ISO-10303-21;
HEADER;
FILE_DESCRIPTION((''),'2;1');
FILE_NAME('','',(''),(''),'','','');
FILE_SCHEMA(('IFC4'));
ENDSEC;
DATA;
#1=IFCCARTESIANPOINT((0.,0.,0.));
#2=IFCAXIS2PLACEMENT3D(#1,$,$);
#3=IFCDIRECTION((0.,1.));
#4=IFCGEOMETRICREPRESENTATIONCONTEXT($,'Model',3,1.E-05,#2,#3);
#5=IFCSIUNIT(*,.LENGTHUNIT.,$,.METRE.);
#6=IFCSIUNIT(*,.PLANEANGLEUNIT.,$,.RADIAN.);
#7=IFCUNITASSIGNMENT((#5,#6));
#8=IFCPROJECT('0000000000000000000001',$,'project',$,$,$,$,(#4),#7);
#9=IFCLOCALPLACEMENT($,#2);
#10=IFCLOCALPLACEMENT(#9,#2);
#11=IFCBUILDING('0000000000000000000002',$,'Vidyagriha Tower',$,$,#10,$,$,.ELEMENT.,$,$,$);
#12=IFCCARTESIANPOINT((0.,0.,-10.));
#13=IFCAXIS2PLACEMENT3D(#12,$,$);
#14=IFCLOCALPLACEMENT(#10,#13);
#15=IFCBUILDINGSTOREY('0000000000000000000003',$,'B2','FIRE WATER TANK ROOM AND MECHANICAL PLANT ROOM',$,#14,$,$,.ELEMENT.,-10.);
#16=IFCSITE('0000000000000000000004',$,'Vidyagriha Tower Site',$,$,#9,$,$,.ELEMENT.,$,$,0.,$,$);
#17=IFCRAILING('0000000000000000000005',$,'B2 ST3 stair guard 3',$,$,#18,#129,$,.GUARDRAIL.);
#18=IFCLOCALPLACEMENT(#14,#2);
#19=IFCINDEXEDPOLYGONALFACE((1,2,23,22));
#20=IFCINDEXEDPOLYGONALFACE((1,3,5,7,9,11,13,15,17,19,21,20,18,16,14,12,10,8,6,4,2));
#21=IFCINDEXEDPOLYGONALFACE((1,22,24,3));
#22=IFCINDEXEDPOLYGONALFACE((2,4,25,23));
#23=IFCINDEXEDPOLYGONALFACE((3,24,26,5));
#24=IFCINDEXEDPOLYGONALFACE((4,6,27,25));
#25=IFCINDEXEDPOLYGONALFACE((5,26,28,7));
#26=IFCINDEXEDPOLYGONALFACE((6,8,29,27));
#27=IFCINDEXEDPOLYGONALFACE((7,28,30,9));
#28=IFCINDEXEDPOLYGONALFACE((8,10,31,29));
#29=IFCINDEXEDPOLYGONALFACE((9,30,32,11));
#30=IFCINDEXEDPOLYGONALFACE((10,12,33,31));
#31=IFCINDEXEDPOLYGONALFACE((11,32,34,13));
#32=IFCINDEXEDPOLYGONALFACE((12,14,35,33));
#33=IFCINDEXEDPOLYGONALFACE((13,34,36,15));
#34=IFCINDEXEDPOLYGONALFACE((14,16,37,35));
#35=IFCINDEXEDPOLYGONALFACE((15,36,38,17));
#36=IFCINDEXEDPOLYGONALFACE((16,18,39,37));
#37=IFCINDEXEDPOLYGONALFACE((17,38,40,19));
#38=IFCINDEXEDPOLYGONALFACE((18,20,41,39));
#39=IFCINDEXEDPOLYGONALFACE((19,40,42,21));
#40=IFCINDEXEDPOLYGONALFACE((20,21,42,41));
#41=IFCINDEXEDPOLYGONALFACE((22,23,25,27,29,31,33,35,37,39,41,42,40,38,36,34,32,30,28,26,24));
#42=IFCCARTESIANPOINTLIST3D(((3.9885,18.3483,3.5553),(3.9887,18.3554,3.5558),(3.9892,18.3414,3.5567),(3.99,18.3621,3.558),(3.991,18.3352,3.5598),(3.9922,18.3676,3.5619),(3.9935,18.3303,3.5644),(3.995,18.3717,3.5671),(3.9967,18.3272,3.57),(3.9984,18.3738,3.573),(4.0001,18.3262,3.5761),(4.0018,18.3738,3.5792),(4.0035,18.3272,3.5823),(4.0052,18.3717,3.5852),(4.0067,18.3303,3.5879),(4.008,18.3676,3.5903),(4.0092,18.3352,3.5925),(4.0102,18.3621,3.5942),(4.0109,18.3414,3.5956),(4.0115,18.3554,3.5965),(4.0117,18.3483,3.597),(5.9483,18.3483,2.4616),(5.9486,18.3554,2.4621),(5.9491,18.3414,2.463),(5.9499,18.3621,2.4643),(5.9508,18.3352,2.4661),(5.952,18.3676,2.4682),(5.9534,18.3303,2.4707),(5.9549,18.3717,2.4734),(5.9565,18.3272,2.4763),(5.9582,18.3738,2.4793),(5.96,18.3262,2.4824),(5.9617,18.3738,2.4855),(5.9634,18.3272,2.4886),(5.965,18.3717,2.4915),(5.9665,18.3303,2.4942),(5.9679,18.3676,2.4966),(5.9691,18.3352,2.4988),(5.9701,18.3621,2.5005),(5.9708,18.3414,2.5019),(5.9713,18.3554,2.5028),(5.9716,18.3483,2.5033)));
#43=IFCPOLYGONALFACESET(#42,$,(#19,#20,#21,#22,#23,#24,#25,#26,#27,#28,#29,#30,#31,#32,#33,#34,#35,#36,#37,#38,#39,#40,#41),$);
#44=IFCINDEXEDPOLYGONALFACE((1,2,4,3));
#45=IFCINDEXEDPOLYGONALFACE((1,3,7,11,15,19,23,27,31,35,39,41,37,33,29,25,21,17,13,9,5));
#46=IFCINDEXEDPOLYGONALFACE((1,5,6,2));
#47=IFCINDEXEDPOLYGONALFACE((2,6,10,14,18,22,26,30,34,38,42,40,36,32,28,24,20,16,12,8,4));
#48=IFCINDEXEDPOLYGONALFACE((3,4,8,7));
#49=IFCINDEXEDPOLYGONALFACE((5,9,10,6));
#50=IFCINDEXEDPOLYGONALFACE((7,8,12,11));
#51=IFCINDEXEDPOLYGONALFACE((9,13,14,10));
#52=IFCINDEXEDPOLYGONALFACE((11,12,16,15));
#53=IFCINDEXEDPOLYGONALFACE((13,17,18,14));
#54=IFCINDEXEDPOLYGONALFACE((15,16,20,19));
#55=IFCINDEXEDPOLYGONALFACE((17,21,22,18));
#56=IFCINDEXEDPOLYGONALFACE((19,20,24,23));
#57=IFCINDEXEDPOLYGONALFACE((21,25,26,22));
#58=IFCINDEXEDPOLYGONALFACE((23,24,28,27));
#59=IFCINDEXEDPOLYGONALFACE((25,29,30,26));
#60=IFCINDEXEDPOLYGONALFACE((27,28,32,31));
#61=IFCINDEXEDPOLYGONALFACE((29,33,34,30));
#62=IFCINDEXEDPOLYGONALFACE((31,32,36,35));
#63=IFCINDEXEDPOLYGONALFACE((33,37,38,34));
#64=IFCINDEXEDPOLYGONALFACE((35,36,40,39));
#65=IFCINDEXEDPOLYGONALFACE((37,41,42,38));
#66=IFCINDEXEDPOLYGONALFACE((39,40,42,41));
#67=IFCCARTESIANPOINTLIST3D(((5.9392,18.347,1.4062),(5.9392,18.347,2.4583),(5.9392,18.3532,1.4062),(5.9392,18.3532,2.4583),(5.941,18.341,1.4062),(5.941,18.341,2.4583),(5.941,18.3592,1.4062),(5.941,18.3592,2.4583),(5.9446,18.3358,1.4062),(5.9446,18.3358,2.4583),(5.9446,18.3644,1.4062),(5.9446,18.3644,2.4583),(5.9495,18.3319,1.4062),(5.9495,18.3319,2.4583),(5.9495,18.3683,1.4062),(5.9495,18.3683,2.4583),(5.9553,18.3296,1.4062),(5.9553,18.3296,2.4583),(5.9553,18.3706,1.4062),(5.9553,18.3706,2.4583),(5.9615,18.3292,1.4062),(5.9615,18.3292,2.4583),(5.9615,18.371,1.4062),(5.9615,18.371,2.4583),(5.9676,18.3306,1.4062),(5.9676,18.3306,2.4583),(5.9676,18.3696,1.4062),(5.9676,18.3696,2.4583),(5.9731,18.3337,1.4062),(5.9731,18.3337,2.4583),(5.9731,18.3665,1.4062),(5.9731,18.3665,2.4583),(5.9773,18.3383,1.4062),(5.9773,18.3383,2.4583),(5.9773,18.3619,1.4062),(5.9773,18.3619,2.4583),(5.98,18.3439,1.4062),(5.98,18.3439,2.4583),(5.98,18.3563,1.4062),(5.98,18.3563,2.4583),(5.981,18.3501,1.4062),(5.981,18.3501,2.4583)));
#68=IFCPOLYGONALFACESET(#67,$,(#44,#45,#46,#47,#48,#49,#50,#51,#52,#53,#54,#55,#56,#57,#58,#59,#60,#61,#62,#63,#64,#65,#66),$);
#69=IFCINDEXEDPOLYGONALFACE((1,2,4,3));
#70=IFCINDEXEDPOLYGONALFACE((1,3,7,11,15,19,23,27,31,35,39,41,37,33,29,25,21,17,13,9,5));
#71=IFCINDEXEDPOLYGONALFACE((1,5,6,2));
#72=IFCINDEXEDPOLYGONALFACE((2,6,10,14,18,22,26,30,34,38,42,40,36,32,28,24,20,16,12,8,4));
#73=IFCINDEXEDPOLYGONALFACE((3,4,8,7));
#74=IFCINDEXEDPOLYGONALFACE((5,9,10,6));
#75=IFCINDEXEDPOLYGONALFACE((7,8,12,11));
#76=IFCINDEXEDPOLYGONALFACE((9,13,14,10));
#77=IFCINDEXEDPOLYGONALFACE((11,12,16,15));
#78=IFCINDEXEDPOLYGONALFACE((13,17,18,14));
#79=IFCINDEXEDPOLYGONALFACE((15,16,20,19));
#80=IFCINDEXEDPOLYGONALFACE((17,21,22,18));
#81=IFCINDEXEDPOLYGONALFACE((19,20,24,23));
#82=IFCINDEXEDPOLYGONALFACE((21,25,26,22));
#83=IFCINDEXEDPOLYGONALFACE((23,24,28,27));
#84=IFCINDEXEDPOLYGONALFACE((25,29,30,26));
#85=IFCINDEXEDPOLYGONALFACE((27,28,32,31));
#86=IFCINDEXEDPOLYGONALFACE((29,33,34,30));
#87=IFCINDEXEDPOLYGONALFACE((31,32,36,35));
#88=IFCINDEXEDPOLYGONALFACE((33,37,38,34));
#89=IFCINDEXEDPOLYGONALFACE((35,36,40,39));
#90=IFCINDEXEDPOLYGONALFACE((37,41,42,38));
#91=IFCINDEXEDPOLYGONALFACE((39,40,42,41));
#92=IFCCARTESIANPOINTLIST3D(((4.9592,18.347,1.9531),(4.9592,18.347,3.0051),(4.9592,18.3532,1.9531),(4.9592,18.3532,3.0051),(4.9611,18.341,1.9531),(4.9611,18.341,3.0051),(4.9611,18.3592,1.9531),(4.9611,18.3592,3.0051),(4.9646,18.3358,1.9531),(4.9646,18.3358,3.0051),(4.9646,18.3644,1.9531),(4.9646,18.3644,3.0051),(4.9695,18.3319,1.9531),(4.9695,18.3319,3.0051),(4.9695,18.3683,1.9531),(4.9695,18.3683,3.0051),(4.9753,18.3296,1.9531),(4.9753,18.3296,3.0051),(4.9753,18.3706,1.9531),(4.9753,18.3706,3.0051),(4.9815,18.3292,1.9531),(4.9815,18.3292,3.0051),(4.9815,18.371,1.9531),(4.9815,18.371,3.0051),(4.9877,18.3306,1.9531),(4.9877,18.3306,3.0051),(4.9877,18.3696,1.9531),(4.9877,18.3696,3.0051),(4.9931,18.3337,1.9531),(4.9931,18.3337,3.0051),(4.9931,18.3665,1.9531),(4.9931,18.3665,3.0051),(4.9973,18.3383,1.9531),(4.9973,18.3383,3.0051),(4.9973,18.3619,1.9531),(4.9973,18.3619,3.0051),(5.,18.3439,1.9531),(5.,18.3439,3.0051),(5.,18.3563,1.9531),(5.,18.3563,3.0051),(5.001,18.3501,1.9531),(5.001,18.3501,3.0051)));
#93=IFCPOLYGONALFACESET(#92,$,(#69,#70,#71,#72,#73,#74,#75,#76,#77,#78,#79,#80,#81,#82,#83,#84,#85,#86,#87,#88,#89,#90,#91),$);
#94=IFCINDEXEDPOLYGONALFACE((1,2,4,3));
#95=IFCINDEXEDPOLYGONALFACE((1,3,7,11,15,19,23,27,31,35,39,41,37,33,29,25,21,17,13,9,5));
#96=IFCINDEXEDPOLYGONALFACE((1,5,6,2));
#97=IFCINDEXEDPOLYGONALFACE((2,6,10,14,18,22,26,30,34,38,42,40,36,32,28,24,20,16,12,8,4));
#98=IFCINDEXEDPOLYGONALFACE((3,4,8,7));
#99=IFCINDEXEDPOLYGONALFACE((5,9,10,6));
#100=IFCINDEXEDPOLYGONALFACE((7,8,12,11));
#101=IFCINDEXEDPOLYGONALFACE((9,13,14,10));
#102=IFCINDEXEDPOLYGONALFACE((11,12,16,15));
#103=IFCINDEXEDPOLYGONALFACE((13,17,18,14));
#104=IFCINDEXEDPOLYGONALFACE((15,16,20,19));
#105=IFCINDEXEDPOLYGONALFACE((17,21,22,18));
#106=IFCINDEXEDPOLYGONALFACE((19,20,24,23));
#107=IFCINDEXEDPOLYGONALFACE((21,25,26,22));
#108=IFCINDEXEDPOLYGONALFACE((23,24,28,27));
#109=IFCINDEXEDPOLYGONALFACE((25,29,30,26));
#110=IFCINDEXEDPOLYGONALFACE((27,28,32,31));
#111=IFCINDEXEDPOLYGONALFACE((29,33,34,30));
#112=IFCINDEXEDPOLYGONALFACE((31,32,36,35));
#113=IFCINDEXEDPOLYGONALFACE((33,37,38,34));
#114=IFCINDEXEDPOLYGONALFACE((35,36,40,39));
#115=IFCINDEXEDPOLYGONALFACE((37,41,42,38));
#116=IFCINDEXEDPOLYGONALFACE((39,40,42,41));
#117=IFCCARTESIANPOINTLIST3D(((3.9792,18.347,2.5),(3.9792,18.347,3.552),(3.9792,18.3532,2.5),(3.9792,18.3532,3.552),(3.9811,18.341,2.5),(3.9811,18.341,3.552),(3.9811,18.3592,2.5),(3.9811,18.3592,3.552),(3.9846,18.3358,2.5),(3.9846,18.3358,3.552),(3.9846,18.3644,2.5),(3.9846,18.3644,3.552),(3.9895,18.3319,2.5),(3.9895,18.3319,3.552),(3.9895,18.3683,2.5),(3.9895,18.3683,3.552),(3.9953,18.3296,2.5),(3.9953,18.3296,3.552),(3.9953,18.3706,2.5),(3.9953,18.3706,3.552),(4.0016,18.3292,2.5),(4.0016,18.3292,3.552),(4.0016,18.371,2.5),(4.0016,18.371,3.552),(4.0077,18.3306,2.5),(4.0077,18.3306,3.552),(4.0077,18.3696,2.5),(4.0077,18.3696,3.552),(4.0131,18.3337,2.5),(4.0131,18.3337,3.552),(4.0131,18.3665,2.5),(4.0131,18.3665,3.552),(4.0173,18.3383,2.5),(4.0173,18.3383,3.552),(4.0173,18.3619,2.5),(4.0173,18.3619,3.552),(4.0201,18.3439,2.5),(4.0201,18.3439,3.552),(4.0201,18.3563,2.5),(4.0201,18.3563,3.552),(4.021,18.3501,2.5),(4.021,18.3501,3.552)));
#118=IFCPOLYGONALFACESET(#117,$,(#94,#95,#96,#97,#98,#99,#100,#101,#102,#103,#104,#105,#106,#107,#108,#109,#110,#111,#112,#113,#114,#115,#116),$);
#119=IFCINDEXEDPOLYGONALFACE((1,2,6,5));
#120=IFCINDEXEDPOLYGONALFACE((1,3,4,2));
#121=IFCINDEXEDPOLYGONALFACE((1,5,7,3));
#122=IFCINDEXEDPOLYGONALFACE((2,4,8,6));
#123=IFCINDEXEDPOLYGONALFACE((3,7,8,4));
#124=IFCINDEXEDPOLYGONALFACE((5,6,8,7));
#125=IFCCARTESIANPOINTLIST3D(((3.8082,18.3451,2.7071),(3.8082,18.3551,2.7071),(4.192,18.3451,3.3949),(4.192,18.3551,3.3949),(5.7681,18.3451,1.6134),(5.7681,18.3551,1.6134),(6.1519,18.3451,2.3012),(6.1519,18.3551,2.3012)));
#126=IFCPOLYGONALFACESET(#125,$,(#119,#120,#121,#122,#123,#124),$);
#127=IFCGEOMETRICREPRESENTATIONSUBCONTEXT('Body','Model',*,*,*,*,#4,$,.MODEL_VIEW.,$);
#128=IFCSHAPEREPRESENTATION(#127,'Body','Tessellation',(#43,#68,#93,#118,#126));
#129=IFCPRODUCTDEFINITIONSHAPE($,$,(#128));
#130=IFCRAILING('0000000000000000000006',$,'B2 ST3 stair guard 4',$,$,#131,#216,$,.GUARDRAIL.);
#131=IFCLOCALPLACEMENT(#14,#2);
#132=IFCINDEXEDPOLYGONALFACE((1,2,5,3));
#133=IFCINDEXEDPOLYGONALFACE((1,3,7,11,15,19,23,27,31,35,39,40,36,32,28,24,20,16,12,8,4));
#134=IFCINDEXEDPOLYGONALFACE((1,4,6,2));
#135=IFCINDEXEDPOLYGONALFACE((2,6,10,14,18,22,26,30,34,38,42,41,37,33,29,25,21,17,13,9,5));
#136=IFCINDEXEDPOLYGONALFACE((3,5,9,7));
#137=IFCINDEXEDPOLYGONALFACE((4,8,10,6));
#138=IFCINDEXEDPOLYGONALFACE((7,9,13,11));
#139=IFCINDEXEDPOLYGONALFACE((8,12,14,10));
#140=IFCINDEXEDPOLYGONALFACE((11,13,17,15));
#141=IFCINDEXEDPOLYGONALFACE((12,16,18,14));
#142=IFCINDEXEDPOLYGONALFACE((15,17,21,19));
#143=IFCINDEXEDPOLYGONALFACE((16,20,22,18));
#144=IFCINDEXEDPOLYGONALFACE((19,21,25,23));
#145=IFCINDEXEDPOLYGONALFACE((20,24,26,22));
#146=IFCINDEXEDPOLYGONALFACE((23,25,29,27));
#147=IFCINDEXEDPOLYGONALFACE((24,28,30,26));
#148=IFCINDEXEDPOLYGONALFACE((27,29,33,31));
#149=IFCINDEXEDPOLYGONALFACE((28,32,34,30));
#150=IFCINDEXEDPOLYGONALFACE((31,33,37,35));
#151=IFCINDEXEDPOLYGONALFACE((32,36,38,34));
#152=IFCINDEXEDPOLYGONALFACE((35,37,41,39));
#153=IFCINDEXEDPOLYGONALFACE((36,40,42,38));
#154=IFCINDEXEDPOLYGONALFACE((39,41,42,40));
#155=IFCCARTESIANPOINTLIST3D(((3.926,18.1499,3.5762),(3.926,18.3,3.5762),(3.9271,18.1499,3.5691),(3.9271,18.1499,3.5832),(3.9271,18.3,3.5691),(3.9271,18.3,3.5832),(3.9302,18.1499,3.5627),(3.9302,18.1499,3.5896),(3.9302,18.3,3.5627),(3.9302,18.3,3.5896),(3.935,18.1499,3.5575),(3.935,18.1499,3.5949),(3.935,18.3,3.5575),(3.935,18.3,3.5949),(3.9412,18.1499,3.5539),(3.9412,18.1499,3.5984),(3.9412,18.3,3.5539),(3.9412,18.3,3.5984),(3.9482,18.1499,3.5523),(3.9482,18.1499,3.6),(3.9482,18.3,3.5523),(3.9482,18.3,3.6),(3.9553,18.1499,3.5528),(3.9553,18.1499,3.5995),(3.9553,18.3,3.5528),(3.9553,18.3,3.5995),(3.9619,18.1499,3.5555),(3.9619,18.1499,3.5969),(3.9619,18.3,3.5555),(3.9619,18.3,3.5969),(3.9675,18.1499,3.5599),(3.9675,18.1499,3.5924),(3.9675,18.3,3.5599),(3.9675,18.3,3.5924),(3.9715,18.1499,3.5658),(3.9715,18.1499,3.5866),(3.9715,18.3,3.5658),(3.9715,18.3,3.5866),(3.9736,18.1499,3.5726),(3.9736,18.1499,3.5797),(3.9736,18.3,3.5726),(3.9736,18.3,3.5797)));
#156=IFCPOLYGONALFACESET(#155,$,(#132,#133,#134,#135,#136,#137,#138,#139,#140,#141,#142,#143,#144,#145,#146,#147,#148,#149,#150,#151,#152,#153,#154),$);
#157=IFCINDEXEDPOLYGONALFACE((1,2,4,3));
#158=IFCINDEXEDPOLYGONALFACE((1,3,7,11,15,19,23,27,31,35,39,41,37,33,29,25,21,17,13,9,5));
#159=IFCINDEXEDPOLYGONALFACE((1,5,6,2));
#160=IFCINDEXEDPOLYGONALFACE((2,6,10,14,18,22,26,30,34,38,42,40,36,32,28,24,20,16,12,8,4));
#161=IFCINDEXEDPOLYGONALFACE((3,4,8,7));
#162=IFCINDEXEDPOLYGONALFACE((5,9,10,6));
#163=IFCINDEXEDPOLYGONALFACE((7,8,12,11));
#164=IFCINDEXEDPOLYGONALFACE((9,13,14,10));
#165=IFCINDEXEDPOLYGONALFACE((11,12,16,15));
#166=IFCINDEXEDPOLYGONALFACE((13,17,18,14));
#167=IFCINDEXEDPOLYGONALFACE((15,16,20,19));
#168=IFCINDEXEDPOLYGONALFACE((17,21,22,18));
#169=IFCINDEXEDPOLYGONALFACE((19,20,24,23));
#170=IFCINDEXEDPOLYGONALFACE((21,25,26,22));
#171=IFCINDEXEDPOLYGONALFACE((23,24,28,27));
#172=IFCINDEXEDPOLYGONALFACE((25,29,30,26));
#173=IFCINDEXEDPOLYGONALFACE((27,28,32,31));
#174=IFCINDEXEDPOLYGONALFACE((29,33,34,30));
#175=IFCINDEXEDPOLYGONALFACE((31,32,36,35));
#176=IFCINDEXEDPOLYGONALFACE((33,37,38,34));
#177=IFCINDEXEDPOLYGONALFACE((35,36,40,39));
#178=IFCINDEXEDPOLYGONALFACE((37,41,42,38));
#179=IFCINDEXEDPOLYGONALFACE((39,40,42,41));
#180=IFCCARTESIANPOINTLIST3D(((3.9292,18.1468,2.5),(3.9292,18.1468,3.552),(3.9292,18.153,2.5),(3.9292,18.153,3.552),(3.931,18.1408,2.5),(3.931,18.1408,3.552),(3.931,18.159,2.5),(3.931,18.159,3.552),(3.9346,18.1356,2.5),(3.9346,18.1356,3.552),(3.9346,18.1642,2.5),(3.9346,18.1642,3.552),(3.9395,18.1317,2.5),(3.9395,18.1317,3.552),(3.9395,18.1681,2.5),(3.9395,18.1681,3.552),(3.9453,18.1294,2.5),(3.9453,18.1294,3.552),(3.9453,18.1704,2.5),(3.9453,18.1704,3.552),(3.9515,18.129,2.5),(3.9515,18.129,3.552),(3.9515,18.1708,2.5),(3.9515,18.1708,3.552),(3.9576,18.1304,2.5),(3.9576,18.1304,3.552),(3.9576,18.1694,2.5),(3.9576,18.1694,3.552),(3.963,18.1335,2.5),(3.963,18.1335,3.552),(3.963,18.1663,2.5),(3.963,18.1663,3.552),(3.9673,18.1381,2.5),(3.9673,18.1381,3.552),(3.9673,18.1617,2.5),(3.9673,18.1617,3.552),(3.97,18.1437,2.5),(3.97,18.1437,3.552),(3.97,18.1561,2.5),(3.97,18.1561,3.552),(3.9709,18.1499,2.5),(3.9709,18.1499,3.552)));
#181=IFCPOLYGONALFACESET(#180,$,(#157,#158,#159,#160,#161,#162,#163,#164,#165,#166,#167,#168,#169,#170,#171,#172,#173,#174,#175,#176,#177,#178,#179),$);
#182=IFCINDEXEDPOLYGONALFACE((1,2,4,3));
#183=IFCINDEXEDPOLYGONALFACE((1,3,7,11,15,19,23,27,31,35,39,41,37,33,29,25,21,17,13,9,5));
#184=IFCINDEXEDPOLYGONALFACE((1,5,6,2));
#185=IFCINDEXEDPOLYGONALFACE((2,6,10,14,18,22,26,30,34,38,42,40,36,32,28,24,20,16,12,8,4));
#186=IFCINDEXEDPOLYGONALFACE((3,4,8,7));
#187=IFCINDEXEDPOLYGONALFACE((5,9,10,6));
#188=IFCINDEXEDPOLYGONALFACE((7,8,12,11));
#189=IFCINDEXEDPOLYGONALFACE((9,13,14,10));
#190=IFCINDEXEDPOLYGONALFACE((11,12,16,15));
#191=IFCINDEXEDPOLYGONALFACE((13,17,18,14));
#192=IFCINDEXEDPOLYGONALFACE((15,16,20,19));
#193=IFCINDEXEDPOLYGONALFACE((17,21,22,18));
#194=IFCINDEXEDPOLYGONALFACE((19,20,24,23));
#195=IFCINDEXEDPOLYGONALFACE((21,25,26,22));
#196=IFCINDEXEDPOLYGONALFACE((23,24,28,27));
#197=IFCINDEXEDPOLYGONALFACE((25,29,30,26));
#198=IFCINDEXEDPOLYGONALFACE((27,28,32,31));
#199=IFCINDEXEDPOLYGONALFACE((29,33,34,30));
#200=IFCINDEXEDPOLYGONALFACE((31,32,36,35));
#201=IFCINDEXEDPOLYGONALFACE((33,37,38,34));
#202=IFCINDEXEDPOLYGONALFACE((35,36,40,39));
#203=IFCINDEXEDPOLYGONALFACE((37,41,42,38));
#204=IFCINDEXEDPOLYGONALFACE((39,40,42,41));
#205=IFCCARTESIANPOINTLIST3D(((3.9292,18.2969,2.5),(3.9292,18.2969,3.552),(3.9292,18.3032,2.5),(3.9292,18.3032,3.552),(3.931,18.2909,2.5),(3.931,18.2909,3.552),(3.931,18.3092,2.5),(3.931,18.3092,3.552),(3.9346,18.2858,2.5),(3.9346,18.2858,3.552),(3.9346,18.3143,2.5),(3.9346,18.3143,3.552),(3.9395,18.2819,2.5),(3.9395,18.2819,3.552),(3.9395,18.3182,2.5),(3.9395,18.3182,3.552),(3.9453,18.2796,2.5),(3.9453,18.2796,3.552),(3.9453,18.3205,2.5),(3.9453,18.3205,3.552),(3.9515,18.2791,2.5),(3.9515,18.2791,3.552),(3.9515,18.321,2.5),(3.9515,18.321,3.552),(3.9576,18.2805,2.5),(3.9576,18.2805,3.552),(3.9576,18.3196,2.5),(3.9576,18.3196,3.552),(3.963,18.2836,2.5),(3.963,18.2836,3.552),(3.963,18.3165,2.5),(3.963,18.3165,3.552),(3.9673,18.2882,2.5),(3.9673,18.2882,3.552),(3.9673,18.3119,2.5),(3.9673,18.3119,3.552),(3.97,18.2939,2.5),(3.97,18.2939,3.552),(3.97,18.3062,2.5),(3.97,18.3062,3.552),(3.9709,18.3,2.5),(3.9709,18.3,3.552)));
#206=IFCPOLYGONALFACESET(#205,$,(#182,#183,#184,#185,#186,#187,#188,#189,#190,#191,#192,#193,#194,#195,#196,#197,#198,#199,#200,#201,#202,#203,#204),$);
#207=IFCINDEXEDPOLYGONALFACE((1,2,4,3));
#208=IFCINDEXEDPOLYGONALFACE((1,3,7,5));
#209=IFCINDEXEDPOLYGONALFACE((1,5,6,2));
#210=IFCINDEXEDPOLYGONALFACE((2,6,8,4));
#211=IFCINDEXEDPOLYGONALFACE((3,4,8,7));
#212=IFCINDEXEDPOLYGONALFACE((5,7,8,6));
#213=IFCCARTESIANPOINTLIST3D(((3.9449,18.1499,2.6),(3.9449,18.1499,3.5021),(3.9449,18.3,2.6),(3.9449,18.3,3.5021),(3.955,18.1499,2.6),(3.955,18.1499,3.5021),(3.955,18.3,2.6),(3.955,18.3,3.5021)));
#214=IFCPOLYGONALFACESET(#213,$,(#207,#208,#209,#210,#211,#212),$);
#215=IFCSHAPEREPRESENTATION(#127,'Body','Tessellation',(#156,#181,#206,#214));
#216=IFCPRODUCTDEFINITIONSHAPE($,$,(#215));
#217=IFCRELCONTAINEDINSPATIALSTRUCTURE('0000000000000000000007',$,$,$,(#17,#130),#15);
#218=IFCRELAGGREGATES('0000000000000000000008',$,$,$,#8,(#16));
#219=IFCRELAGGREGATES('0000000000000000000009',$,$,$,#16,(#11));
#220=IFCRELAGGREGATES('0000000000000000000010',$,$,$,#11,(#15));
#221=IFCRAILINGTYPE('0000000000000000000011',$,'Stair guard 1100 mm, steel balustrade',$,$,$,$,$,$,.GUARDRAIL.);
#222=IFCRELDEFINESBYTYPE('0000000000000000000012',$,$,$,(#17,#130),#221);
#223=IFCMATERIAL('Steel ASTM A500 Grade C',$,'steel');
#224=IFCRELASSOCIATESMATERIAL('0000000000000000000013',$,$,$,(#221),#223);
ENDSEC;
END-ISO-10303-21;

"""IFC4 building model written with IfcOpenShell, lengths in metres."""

from ifc_helpers import new_model, si_unit, direction, frame, origin, origin_2d, place, context, subcontext, project, spatial, rectangle, circle, extrude, material, type_object, element, save


model = new_model("IFC4")

# Units and contexts
model_context = context("Model", 3, precision=1e-05, world=origin(), true_north=direction((0.0, 1.0)))
body_context = subcontext(model_context, "Body", "Model", "MODEL_VIEW")
ifc_project = project(units=[si_unit("LENGTHUNIT", "METRE"), si_unit("PLANEANGLEUNIT", "RADIAN")], contexts=[model_context])

# Site, building, storey
site_placement = place(None, origin())
site = spatial("IfcSite", under=ifc_project, at=site_placement, Name="Vidyagriha Tower Site", CompositionType="ELEMENT", RefElevation=0.0)
building_placement = place(site_placement, origin())
building = spatial("IfcBuilding", under=site, at=building_placement, Name="Vidyagriha Tower", CompositionType="ELEMENT")
storey_placement = place(building_placement, frame((0.0, 0.0, -10.0)))
storey = spatial("IfcBuildingStorey", under=building, at=storey_placement, Name="B2", Description="FIRE WATER TANK ROOM AND MECHANICAL PLANT ROOM", CompositionType="ELEMENT", Elevation=-10.0)

# Railings
ifc_material_1 = material(Name="Steel ASTM A500 Grade C", Category="steel")
railing_type_1 = type_object("IfcRailingType", Name="Stair guard 1100 mm, steel balustrade", PredefinedType="GUARDRAIL", material=ifc_material_1)
railing_1_placement = place(storey_placement, frame((5.96, 18.3501, 1.4062)))
element("IfcRailing", 1, at=railing_1_placement, inside=storey, type_object=railing_type_1, Name="B2 ST3 stair guard 3", PredefinedType="GUARDRAIL", context=body_context, shape_type="SweptSolid", body=[
    extrude(circle(Radius=0.0239, at=origin_2d()), frame((0.0, 0.0, 1.0762), z_axis=(-0.873232, 0.0, 0.487304), x_axis=(0.0, -1.0, 0.0)), (0.0, 0.0, 1.0), 2.2444),
    extrude(circle(Radius=0.021, at=origin_2d()), origin(), (0.0, 0.0, 1.0), 1.052),
    extrude(circle(Radius=0.021, at=origin_2d()), frame((-0.98, 0.0, 0.5469)), (0.0, 0.0, 1.0), 1.052),
    extrude(circle(Radius=0.021, at=origin_2d()), frame((-1.96, 0.0, 1.0938)), (0.0, 0.0, 1.0), 1.052),
    extrude(rectangle(XDim=0.01, YDim=0.7876, at=origin_2d()), frame((0.0, 0.0, 0.551), z_axis=(-0.873232, 0.0, 0.487304), x_axis=(0.0, -1.0, 0.0)), (0.0, 0.0, 1.0), 2.2444),
])
railing_2_placement = place(storey_placement, frame((3.95, 18.1499, 2.5)))
element("IfcRailing", 2, at=railing_2_placement, inside=storey, type_object=railing_type_1, Name="B2 ST3 stair guard 4", PredefinedType="GUARDRAIL", context=body_context, shape_type="SweptSolid", body=[
    extrude(circle(Radius=0.0239, at=origin_2d()), frame((0.0, 0.0, 1.0762), z_axis=(0.0, 1.0, 0.0), x_axis=(-1.0, 0.0, 0.0)), (0.0, 0.0, 1.0), 0.1501),
    extrude(circle(Radius=0.021, at=origin_2d()), origin(), (0.0, 0.0, 1.0), 1.052),
    extrude(circle(Radius=0.021, at=origin_2d()), frame((0.0, 0.1501, 0.0)), (0.0, 0.0, 1.0), 1.052),
    extrude(rectangle(XDim=0.01, YDim=0.9021, at=origin_2d()), frame((0.0, 0.0, 0.551), z_axis=(0.0, 1.0, 0.0), x_axis=(-1.0, 0.0, 0.0)), (0.0, 0.0, 1.0), 0.1501),
])

save(model, "model.ifc")
